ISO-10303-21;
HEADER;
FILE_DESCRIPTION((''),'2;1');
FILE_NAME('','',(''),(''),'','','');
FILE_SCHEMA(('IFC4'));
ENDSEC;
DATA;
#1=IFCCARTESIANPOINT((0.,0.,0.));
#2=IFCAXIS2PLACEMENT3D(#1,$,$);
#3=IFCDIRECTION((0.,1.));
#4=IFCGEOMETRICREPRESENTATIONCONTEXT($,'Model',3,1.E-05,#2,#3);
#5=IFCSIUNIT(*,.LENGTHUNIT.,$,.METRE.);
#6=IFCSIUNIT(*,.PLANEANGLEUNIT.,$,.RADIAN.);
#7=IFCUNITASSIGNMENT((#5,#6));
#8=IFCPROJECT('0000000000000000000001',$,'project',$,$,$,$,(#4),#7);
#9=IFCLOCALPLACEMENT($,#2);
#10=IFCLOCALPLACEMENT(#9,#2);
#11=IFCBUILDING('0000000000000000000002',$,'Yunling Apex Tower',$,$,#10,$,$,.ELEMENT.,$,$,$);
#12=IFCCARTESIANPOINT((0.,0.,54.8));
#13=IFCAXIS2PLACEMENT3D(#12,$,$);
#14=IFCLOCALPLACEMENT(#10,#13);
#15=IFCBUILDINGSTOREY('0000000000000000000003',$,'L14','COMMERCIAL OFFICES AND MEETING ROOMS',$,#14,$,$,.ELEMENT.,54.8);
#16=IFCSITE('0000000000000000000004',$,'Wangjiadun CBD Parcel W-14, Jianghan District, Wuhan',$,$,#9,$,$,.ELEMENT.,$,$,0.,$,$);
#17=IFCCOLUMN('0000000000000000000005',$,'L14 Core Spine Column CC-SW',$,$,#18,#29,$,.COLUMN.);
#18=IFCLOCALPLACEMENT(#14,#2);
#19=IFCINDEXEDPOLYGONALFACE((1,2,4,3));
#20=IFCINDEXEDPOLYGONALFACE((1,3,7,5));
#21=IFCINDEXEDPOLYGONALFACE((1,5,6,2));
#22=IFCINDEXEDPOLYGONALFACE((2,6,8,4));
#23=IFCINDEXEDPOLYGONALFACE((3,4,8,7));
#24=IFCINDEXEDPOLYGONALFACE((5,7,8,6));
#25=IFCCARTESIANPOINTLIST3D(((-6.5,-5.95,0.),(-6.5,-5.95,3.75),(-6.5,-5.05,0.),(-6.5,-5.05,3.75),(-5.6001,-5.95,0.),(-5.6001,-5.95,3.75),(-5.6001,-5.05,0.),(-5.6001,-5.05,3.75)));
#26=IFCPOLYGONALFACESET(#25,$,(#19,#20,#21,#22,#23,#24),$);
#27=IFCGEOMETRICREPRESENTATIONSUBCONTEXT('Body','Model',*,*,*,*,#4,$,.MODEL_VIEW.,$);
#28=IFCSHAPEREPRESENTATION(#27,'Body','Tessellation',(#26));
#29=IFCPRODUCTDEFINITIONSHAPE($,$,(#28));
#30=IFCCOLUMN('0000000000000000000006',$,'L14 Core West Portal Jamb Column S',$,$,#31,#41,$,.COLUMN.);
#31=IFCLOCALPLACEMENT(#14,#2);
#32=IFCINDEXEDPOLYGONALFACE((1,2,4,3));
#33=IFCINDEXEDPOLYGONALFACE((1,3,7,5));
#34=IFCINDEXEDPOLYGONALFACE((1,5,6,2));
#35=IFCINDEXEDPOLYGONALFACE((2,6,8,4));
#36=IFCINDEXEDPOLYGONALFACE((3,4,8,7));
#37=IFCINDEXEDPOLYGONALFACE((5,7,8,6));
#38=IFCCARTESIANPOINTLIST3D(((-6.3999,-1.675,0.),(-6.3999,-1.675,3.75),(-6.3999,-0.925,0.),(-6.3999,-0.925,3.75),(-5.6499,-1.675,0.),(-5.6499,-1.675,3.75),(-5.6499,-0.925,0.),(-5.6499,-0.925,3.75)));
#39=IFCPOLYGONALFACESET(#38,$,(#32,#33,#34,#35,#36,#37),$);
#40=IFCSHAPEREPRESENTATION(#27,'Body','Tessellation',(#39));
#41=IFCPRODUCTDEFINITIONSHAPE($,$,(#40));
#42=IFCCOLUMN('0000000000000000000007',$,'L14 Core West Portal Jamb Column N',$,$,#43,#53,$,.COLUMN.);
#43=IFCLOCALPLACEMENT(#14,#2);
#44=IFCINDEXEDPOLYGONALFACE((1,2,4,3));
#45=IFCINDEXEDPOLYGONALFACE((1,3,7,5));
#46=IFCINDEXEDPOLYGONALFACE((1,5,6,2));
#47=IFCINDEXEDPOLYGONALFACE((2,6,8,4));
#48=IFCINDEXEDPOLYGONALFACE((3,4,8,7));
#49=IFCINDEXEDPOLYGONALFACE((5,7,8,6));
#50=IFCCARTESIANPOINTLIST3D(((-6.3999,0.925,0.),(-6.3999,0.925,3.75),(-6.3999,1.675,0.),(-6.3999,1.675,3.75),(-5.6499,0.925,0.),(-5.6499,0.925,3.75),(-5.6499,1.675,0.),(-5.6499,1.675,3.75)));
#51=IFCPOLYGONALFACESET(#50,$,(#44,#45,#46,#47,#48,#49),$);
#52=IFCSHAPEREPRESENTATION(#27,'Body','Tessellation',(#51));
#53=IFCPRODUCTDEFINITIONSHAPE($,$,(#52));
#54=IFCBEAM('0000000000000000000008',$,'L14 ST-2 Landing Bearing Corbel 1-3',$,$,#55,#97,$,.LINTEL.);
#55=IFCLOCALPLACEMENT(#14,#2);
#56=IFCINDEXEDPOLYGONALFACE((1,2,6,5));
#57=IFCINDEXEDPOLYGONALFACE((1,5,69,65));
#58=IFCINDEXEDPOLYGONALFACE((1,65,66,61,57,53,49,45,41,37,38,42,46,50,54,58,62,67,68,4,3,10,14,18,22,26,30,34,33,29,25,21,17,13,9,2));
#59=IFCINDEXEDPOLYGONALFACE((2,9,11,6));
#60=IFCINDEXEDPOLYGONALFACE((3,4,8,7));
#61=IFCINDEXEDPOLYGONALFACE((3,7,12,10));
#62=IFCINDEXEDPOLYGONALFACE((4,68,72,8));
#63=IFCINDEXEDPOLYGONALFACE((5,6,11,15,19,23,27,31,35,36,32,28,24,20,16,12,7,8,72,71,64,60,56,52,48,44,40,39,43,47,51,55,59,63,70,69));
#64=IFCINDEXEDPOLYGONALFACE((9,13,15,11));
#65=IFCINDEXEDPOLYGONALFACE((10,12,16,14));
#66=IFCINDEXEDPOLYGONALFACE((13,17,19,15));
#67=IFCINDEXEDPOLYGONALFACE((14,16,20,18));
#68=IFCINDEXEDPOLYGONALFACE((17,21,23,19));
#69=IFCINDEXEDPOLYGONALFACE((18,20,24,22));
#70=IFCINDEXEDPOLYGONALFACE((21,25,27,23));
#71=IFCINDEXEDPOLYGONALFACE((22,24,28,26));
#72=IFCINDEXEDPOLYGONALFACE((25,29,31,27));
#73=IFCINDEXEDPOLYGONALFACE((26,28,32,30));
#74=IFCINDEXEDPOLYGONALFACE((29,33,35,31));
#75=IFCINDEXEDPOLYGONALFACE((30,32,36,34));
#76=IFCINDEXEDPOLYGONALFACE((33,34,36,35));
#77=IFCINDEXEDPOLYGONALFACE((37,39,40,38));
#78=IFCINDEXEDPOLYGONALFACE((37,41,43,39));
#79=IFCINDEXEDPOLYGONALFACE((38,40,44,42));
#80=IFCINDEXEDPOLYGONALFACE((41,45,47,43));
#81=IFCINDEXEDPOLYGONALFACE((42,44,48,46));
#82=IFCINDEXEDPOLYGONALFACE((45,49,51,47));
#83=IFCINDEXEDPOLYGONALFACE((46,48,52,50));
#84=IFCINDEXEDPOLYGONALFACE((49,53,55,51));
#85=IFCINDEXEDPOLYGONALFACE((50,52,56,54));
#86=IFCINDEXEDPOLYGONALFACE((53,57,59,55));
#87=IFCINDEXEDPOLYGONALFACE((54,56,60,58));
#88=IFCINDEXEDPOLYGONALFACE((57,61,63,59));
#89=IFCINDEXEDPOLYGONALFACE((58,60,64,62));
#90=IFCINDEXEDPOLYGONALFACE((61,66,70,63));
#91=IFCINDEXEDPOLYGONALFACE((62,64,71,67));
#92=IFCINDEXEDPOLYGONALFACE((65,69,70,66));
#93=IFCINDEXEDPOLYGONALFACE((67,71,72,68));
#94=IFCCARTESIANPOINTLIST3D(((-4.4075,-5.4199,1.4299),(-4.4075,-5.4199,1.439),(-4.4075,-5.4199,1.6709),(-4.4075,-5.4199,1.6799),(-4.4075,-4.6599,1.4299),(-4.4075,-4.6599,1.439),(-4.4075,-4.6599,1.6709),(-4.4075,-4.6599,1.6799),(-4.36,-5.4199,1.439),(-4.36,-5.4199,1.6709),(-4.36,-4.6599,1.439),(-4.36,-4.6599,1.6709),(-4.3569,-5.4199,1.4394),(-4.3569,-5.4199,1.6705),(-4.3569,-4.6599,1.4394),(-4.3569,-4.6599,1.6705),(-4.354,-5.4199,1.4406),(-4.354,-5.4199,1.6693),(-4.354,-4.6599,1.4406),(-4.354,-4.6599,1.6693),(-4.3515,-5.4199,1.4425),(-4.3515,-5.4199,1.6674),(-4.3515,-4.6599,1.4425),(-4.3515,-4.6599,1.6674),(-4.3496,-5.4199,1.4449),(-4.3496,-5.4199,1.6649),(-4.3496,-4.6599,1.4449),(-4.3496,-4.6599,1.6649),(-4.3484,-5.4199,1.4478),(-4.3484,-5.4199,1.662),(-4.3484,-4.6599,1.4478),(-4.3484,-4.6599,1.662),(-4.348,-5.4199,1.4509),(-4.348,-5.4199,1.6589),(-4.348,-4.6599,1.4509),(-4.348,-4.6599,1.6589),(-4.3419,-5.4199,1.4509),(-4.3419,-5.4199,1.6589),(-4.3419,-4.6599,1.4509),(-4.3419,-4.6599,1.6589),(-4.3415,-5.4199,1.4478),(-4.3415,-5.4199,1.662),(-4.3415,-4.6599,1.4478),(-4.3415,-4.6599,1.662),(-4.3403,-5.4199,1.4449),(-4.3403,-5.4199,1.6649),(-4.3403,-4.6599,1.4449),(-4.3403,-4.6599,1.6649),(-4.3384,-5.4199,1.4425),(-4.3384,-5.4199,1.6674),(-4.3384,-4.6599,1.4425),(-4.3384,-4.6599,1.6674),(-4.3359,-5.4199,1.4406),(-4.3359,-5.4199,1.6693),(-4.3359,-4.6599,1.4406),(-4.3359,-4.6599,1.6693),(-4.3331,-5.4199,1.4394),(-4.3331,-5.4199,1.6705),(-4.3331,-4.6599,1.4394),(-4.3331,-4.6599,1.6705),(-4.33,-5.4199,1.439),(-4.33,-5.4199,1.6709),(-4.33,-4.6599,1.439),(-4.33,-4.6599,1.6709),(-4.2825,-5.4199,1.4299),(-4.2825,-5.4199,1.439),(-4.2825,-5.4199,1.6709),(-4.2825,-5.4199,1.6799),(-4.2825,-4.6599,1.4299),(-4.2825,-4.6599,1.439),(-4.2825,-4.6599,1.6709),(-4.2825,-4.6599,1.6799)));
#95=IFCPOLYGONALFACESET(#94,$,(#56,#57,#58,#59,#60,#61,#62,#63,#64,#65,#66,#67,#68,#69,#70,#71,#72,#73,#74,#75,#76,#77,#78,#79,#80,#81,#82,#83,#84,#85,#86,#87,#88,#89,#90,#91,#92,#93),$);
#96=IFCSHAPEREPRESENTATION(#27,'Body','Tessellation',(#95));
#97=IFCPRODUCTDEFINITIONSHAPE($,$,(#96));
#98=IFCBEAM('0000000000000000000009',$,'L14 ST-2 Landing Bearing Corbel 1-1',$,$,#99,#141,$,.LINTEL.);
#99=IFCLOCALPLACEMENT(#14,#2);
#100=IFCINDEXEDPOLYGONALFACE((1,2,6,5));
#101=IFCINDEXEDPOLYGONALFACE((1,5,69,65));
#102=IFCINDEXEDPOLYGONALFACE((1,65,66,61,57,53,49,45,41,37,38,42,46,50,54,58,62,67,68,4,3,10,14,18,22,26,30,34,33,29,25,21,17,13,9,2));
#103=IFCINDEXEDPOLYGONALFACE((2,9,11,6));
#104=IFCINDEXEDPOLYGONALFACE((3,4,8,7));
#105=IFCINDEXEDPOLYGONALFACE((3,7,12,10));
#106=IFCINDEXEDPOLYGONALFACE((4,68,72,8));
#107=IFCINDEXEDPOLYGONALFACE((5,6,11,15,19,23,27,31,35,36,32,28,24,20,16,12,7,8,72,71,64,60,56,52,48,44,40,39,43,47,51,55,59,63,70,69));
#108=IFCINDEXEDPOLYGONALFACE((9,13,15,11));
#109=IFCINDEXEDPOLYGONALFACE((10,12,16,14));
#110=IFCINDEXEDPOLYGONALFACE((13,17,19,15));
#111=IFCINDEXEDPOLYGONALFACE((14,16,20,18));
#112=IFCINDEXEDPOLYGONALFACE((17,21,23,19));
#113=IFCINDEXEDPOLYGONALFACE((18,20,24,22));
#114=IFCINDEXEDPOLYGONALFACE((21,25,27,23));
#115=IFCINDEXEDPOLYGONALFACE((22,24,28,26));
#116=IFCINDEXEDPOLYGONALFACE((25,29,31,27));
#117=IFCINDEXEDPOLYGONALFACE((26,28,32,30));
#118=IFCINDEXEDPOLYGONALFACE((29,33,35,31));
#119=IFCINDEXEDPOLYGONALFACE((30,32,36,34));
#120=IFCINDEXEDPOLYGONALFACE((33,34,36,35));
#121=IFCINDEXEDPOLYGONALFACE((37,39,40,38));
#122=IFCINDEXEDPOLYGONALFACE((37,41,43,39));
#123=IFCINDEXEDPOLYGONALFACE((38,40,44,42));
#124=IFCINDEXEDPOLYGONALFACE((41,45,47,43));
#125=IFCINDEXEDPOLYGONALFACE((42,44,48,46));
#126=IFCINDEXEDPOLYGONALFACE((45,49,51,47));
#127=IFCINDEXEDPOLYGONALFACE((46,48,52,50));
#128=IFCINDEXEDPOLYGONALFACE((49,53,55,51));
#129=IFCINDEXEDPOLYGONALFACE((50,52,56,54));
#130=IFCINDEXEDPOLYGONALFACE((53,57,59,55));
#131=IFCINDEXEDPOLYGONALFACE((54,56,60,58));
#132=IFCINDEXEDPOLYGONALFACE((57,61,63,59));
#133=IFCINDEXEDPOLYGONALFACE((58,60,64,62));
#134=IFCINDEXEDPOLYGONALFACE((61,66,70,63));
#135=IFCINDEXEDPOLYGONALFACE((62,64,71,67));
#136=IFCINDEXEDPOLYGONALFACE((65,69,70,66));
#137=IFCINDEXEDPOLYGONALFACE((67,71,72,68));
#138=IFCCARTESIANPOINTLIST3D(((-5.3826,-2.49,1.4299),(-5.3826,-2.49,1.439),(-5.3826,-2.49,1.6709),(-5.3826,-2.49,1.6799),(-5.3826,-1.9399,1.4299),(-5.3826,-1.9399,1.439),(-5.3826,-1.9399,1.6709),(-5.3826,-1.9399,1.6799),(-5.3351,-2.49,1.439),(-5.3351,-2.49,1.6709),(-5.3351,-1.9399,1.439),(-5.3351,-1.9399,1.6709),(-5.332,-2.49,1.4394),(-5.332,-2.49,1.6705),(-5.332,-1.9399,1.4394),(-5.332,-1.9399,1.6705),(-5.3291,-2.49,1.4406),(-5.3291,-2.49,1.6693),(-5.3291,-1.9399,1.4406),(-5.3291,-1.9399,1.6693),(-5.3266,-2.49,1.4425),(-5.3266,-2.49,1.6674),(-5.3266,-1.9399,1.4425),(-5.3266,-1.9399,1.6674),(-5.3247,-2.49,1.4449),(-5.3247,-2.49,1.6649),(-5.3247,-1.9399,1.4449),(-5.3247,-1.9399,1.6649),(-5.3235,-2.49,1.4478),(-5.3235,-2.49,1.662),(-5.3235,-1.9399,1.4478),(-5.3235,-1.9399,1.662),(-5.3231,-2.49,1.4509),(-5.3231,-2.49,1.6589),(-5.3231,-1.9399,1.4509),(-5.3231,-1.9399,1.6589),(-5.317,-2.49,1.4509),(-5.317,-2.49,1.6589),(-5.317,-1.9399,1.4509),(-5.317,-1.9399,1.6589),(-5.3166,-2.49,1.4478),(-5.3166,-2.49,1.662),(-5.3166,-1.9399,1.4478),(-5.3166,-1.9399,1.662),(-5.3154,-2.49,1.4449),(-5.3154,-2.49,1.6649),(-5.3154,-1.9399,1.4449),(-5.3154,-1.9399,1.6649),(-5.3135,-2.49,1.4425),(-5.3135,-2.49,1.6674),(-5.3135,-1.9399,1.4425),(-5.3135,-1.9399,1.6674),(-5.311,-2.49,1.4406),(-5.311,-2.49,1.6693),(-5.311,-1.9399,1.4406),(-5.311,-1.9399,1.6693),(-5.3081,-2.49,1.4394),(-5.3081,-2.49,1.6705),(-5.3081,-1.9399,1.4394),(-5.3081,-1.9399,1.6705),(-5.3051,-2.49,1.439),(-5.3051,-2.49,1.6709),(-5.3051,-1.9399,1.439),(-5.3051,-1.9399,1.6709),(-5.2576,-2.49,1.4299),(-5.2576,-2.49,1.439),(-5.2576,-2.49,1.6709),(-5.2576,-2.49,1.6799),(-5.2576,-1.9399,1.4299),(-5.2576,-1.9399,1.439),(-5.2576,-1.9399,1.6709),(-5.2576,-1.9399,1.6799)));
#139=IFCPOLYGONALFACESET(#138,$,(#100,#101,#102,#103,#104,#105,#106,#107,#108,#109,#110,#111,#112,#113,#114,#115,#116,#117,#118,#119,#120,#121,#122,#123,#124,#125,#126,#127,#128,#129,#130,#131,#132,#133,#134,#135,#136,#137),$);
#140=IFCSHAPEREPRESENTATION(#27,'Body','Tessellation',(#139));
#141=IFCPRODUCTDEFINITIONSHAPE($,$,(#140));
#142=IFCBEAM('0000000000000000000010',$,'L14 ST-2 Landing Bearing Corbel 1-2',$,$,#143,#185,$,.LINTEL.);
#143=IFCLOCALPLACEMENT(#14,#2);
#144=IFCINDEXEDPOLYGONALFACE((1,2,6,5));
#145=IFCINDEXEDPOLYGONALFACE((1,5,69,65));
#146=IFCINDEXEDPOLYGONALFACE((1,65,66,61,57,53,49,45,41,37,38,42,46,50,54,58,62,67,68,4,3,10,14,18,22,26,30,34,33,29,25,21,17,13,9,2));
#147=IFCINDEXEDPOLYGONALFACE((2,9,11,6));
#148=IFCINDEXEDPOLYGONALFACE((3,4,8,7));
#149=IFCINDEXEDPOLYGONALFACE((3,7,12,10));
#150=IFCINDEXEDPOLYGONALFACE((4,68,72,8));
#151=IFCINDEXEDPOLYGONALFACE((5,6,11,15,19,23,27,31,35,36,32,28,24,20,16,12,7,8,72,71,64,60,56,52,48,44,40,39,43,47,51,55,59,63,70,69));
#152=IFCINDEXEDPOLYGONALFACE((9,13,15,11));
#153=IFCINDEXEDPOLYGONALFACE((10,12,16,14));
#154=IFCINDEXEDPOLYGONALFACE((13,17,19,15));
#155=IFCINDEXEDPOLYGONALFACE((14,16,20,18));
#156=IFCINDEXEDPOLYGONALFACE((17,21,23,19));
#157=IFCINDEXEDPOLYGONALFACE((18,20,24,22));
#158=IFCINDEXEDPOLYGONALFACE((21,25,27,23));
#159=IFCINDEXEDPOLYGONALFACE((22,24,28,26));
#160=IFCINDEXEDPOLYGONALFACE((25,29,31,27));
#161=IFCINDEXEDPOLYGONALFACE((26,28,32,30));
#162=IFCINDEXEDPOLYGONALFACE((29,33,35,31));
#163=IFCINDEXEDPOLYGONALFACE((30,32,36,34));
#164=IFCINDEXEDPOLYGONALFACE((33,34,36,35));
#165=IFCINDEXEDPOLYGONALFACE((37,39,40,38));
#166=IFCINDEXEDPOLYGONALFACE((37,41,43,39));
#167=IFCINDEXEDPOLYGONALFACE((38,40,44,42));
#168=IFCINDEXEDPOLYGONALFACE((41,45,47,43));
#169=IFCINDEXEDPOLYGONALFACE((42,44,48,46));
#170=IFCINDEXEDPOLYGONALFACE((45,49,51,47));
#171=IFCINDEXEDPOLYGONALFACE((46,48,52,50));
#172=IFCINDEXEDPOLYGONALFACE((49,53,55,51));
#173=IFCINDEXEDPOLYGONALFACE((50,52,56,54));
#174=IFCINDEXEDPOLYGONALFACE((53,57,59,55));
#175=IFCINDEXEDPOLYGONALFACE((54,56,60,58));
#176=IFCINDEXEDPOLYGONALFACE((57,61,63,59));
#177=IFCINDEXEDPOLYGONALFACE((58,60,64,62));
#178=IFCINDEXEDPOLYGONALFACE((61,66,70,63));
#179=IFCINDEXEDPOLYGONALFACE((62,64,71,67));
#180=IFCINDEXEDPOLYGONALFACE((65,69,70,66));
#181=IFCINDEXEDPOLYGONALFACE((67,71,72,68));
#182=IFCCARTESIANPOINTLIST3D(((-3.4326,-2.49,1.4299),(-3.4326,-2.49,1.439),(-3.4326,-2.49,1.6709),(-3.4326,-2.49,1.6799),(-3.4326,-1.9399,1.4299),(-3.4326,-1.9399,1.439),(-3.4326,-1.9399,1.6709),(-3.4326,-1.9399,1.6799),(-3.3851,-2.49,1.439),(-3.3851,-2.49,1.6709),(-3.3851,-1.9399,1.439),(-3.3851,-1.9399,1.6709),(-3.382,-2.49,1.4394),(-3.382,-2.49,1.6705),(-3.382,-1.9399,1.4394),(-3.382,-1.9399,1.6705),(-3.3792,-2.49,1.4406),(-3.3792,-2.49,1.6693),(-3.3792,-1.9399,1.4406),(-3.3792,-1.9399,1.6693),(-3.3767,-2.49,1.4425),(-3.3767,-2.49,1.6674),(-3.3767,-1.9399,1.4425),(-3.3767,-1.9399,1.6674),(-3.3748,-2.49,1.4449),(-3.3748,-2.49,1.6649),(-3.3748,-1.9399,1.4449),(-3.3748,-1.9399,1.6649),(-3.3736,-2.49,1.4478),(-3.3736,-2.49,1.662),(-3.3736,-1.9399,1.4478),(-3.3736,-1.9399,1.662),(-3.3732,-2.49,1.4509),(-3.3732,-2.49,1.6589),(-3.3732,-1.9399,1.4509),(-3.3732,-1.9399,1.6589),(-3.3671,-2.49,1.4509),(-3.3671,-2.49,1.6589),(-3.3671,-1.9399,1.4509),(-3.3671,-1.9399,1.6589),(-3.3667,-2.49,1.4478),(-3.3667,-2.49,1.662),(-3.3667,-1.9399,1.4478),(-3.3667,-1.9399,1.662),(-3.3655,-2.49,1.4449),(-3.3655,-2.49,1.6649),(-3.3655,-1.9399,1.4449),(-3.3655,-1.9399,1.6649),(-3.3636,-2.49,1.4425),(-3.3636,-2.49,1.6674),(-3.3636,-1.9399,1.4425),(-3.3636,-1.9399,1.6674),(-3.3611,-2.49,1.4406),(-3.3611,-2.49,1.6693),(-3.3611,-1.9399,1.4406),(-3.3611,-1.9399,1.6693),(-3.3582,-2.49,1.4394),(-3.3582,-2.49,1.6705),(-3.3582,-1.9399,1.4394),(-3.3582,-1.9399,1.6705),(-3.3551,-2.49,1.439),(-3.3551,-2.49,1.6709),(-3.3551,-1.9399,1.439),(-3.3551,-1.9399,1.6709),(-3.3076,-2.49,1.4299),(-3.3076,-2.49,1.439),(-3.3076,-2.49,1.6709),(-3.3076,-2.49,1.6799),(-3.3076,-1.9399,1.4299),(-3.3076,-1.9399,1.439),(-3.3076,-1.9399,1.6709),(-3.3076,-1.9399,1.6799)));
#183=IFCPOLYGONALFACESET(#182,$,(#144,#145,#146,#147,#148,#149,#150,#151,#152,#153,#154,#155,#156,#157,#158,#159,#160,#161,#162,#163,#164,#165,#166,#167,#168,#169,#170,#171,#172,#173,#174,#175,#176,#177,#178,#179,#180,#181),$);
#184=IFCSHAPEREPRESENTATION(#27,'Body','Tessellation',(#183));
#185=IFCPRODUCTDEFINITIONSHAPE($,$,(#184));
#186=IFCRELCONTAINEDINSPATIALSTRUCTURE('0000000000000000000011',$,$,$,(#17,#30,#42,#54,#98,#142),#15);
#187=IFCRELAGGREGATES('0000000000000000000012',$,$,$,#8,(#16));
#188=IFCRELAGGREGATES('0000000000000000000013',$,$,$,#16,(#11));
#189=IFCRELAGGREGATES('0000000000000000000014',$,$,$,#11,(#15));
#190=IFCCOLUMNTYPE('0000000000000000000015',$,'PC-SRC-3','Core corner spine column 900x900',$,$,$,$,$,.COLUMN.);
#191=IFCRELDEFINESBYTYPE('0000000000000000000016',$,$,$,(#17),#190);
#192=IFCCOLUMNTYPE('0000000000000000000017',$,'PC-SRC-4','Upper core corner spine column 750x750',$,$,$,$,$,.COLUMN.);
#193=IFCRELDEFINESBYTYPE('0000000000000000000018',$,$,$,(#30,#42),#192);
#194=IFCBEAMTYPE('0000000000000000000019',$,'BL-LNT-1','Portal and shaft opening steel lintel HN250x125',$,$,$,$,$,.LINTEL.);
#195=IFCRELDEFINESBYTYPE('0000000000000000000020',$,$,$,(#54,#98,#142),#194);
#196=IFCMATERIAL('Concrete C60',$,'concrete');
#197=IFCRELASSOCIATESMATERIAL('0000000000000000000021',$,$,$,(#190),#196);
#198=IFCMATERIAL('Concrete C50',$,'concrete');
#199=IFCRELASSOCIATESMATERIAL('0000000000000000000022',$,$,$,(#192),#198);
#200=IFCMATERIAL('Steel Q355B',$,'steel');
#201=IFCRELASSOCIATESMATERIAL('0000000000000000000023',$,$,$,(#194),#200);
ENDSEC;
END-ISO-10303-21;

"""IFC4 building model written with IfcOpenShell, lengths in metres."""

from ifc_helpers import new_model, si_unit, direction, frame, origin, origin_2d, place, context, subcontext, project, spatial, rectangle, i_section, extrude, source, transform, mapped, material, material_profile, profile_set, type_object, element, save


model = new_model("IFC4")

# Units and contexts
model_context = context("Model", 3, precision=1e-05, world=origin(), true_north=direction((0.0, 1.0)))
body_context = subcontext(model_context, "Body", "Model", "MODEL_VIEW")
ifc_project = project(units=[si_unit("LENGTHUNIT", "METRE"), si_unit("PLANEANGLEUNIT", "RADIAN")], contexts=[model_context])

# Site, building, storey
site_placement = place(None, origin())
site = spatial("IfcSite", under=ifc_project, at=site_placement, Name="Wangjiadun CBD Parcel W-14, Jianghan District, Wuhan", CompositionType="ELEMENT", RefElevation=0.0)
building_placement = place(site_placement, origin())
building = spatial("IfcBuilding", under=site, at=building_placement, Name="Yunling Apex Tower", CompositionType="ELEMENT")
storey_placement = place(building_placement, frame((0.0, 0.0, 54.8)))
storey = spatial("IfcBuildingStorey", under=building, at=storey_placement, Name="L14", Description="COMMERCIAL OFFICES AND MEETING ROOMS", CompositionType="ELEMENT", Elevation=54.8)

# Columns
ifc_material_1 = material(Name="Concrete C60", Category="concrete")
ifc_material_profile_1 = material_profile(ifc_material_1, rectangle(XDim=0.8999, YDim=0.8999, at=origin_2d()))
ifc_profile_set_1 = profile_set([ifc_material_profile_1], Name="Concrete C60")
column_type_1 = type_object("IfcColumnType", Name="PC-SRC-3", Description="Core corner spine column 900x900", PredefinedType="COLUMN", material=ifc_profile_set_1)
shared_shape_1 = source(origin(), body_context, "Body", "SweptSolid", [
    extrude(rectangle(XDim=0.8999, YDim=0.8999, at=origin_2d()), origin(), (0.0, 0.0, 1.0), 3.75),
])
column_placement = place(storey_placement, frame((-6.05, -5.5, 0.0), z_axis=(0.0, 0.0, 1.0), x_axis=(1.0, 0.0, 0.0)))
element("IfcColumn", 1, at=column_placement, inside=storey, type_object=column_type_1, Name="L14 Core Spine Column CC-SW", PredefinedType="COLUMN", context=body_context, shape_type="MappedRepresentation", body=[
    mapped(shared_shape_1, transform((0.0, 0.0, 0.0), scale=1.0)),
])
ifc_material_2 = material(Name="Concrete C50", Category="concrete")
ifc_material_profile_2 = material_profile(ifc_material_2, rectangle(XDim=0.75, YDim=0.75, at=origin_2d()))
ifc_profile_set_2 = profile_set([ifc_material_profile_2], Name="Concrete C50")
column_type_2 = type_object("IfcColumnType", Name="PC-SRC-4", Description="Upper core corner spine column 750x750", PredefinedType="COLUMN", material=ifc_profile_set_2)
shared_shape_2 = source(origin(), body_context, "Body", "SweptSolid", [
    extrude(rectangle(XDim=0.75, YDim=0.75, at=origin_2d()), origin(), (0.0, 0.0, 1.0), 3.75),
])
for number, where, z_axis, x_axis, name in (
    (2, (-6.0249, -1.3, 0.0), (0.0, 0.0, 1.0), (1.0, 0.0, 0.0), "L14 Core West Portal Jamb Column S"),
    (3, (-6.0249, 1.3, 0.0), (0.0, 0.0, 1.0), (1.0, 0.0, 0.0), "L14 Core West Portal Jamb Column N"),
):
    element("IfcColumn", number, at=place(storey_placement, frame(where, z_axis=z_axis, x_axis=x_axis)), inside=storey, type_object=column_type_2, Name=name, PredefinedType="COLUMN", context=body_context, shape_type="MappedRepresentation", body=[
        mapped(shared_shape_2, transform((0.0, 0.0, 0.0), scale=1.0)),
    ])

# Beams
ifc_material_3 = material(Name="Steel Q355B", Category="steel")
ifc_material_profile_3 = material_profile(ifc_material_3, i_section(OverallWidth=0.125, OverallDepth=0.25, WebThickness=0.0061, FlangeThickness=0.009, FilletRadius=0.012, at=origin_2d()))
ifc_profile_set_3 = profile_set([ifc_material_profile_3], Name="Steel Q355B")
beam_type_1 = type_object("IfcBeamType", Name="BL-LNT-1", Description="Portal and shaft opening steel lintel HN250x125", PredefinedType="LINTEL", material=ifc_profile_set_3)
shared_shape_3 = source(origin(), body_context, "Body", "SweptSolid", [
    extrude(i_section(OverallWidth=0.125, OverallDepth=0.25, WebThickness=0.0061, FlangeThickness=0.009, FilletRadius=0.012, at=origin_2d()), origin(), (0.0, 0.0, 1.0), 0.76),
])
beam_1_placement = place(storey_placement, frame((-4.345, -5.4199, 1.5549), z_axis=(0.0, 1.0, 0.0), x_axis=(-1.0, 0.0, 0.0)))
element("IfcBeam", 4, at=beam_1_placement, inside=storey, type_object=beam_type_1, Name="L14 ST-2 Landing Bearing Corbel 1-3", PredefinedType="LINTEL", context=body_context, shape_type="MappedRepresentation", body=[
    mapped(shared_shape_3, transform((0.0, 0.0, 0.0), scale=1.0)),
])
shared_shape_4 = source(origin(), body_context, "Body", "SweptSolid", [
    extrude(i_section(OverallWidth=0.125, OverallDepth=0.25, WebThickness=0.0061, FlangeThickness=0.009, FilletRadius=0.012, at=origin_2d()), origin(), (0.0, 0.0, 1.0), 0.55),
])
for number, where, z_axis, x_axis, name in (
    (5, (-5.3201, -1.9399, 1.5549), (0.0, -1.0, 0.0), (1.0, 0.0, 0.0), "L14 ST-2 Landing Bearing Corbel 1-1"),
    (6, (-3.3701, -1.9399, 1.5549), (0.0, -1.0, 0.0), (1.0, 0.0, 0.0), "L14 ST-2 Landing Bearing Corbel 1-2"),
):
    element("IfcBeam", number, at=place(storey_placement, frame(where, z_axis=z_axis, x_axis=x_axis)), inside=storey, type_object=beam_type_1, Name=name, PredefinedType="LINTEL", context=body_context, shape_type="MappedRepresentation", body=[
        mapped(shared_shape_4, transform((0.0, 0.0, 0.0), scale=1.0)),
    ])

save(model, "model.ifc")
